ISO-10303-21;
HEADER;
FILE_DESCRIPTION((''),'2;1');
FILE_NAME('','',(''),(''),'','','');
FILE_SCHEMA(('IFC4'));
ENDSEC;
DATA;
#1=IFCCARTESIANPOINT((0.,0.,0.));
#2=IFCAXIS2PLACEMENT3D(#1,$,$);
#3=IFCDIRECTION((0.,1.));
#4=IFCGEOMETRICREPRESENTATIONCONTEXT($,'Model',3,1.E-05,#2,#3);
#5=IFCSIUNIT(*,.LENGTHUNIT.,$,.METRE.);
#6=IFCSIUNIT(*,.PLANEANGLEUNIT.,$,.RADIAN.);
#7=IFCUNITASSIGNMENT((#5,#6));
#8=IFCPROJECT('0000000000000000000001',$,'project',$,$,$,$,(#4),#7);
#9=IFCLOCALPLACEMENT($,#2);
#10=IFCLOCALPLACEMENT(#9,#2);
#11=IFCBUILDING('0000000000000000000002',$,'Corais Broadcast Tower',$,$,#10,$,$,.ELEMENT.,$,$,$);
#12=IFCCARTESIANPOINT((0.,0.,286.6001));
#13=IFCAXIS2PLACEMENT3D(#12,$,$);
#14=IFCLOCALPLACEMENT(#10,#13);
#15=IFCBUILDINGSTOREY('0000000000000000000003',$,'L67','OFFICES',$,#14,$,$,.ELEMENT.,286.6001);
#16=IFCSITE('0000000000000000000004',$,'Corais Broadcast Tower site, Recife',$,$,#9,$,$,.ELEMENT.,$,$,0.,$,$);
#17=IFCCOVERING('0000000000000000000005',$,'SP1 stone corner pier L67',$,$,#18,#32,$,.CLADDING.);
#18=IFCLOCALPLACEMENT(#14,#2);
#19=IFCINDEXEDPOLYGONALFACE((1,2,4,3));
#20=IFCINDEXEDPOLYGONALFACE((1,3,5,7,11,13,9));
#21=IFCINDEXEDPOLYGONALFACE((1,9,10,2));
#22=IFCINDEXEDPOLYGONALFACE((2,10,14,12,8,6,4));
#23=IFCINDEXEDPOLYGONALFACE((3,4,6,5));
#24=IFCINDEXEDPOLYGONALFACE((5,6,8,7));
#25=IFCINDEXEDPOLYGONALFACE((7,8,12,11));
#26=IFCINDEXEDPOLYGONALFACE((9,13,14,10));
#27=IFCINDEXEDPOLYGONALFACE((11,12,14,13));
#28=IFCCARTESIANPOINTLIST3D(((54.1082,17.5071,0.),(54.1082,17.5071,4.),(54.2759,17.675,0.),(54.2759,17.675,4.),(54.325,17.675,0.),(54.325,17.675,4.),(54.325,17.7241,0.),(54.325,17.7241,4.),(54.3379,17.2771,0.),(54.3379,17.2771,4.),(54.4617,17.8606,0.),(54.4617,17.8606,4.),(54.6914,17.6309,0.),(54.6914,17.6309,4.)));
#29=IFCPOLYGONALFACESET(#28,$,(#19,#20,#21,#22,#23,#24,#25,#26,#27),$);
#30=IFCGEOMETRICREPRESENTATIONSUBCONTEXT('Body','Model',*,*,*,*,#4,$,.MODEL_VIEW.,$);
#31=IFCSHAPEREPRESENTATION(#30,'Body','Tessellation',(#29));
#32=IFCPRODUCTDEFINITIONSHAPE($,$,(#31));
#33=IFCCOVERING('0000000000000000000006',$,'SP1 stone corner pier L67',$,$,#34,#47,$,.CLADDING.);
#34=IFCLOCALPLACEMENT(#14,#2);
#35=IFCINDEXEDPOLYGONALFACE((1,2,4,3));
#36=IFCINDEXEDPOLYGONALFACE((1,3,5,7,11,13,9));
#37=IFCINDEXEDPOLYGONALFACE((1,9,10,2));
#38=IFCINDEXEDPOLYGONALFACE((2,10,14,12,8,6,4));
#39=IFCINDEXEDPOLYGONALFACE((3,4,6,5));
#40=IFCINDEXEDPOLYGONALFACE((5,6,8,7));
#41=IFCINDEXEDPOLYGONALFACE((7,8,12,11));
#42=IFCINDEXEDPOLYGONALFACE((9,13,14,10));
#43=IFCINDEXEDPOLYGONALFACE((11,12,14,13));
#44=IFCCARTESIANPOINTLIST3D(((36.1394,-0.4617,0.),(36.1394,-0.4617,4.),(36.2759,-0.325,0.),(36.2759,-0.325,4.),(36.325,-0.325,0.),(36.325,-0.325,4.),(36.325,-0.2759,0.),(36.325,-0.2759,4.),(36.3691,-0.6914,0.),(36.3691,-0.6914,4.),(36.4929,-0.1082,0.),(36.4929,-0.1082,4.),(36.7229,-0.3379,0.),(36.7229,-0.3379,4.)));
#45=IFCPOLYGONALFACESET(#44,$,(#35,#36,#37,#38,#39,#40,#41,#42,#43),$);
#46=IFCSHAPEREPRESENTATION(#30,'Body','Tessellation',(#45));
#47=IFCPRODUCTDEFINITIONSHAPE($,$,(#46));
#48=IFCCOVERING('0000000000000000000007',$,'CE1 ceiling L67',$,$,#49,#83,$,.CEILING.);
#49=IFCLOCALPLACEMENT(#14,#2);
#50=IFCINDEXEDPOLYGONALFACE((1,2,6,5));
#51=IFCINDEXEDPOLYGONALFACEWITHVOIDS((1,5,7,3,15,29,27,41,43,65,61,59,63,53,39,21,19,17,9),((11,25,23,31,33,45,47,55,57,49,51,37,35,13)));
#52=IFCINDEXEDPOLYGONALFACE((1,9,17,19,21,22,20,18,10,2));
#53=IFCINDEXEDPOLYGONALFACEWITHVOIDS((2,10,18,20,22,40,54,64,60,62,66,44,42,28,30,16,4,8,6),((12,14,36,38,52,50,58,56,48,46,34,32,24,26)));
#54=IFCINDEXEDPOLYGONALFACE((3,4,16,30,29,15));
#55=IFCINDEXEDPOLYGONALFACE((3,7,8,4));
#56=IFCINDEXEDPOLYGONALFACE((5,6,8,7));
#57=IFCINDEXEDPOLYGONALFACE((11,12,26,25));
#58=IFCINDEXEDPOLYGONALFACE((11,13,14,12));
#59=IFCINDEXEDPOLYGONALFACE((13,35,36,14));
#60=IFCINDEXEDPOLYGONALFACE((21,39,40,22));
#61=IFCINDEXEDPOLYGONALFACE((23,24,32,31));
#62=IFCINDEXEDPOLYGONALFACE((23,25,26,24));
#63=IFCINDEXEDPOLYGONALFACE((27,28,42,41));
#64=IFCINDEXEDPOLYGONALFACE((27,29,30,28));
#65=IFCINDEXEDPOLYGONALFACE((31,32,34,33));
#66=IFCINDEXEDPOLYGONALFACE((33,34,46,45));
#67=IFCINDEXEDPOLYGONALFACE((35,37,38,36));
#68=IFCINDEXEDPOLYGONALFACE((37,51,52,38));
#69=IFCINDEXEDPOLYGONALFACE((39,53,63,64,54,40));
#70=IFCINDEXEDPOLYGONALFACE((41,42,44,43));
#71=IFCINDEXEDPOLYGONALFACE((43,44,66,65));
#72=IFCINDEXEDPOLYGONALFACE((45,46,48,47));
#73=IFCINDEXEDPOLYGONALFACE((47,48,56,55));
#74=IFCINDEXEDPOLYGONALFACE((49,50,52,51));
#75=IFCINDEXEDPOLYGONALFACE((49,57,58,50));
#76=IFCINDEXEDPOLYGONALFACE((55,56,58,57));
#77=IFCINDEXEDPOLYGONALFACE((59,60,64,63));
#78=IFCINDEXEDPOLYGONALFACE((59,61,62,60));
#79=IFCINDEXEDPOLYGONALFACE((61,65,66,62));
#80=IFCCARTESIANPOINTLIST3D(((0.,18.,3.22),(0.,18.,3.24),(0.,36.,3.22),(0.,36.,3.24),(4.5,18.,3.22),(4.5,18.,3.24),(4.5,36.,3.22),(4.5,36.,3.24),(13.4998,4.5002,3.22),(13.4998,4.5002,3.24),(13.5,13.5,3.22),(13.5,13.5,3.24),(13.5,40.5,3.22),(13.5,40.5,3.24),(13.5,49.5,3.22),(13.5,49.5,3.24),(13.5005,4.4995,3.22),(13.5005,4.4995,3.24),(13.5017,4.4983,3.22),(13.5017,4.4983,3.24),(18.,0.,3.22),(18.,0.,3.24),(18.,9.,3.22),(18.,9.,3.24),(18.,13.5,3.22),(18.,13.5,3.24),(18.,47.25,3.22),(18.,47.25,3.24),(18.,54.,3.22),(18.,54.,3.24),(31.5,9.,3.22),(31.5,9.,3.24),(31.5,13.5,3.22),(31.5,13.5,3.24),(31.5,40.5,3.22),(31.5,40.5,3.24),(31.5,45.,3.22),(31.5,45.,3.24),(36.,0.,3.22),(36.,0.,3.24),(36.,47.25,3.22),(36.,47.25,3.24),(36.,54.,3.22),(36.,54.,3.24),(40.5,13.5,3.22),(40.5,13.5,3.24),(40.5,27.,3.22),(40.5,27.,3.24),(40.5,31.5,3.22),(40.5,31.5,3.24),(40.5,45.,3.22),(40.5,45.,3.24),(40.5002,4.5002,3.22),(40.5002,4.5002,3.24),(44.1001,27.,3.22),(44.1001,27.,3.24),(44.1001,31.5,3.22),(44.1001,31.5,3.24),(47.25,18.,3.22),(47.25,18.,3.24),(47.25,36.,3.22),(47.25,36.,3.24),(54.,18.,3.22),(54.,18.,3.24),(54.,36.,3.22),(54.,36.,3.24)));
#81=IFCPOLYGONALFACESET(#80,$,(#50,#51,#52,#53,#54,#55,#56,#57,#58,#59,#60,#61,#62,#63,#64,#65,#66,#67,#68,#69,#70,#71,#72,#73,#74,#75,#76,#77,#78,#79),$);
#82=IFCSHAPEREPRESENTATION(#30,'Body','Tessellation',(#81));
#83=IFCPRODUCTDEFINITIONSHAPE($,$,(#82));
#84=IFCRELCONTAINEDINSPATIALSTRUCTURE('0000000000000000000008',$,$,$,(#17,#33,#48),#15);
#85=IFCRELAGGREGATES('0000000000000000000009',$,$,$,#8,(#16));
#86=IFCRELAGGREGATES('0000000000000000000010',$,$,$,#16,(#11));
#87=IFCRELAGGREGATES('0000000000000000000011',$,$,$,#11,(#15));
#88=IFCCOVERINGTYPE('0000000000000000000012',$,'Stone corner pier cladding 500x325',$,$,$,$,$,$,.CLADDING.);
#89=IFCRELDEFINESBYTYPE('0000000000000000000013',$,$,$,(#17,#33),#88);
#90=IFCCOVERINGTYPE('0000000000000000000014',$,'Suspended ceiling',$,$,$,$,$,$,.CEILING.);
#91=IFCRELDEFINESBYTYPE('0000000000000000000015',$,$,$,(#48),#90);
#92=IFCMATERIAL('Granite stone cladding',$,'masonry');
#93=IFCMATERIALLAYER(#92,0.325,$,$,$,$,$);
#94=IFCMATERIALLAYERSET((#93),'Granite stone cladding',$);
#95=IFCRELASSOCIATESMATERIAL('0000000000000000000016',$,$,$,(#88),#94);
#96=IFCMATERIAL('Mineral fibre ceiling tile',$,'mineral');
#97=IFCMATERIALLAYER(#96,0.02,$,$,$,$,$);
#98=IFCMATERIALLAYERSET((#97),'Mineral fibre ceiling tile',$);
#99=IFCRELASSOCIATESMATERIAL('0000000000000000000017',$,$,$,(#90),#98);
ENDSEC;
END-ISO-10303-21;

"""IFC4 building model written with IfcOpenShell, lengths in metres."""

from ifc_helpers import new_model, si_unit, direction, frame, origin, place, context, subcontext, project, spatial, polyline, outline, extrude, material, layer, layer_set, type_object, element, save


model = new_model("IFC4")

# Units and contexts
model_context = context("Model", 3, precision=1e-05, world=origin(), true_north=direction((0.0, 1.0)))
body_context = subcontext(model_context, "Body", "Model", "MODEL_VIEW")
ifc_project = project(units=[si_unit("LENGTHUNIT", "METRE"), si_unit("PLANEANGLEUNIT", "RADIAN")], contexts=[model_context])

# Site, building, storey
site_placement = place(None, origin())
site = spatial("IfcSite", under=ifc_project, at=site_placement, Name="Corais Broadcast Tower site, Recife", CompositionType="ELEMENT", RefElevation=0.0)
building_placement = place(site_placement, origin())
building = spatial("IfcBuilding", under=site, at=building_placement, Name="Corais Broadcast Tower", CompositionType="ELEMENT")
storey_placement = place(building_placement, frame((0.0, 0.0, 286.6001)))
storey = spatial("IfcBuildingStorey", under=building, at=storey_placement, Name="L67", Description="OFFICES", CompositionType="ELEMENT", Elevation=286.6001)

# Coverings
ifc_material_1 = material(Name="Granite stone cladding", Category="masonry")
ifc_layer_1 = layer(ifc_material_1, 0.325)
ifc_layer_set_1 = layer_set([ifc_layer_1], Name="Granite stone cladding")
covering_type_1 = type_object("IfcCoveringType", Name="Stone corner pier cladding 500x325", PredefinedType="CLADDING", material=ifc_layer_set_1)
covering_1_placement = place(storey_placement, origin())
element("IfcCovering", 1, at=covering_1_placement, inside=storey, type_object=covering_type_1, Name="SP1 stone corner pier L67", PredefinedType="CLADDING", context=body_context, shape_type="SweptSolid", body=[
    extrude(outline(polyline([(54.4617, 17.8606), (54.325, 17.7241), (54.325, 17.675), (54.2759, 17.675), (54.1082, 17.5071), (54.3379, 17.2771), (54.6914, 17.6309), (54.4617, 17.8606)])), origin(), (0.0, 0.0, 1.0), 4.0),
])
covering_2_placement = place(storey_placement, origin())
element("IfcCovering", 2, at=covering_2_placement, inside=storey, type_object=covering_type_1, Name="SP1 stone corner pier L67", PredefinedType="CLADDING", context=body_context, shape_type="SweptSolid", body=[
    extrude(outline(polyline([(36.2759, -0.325), (36.1394, -0.4617), (36.3691, -0.6914), (36.7229, -0.3379), (36.4929, -0.1082), (36.325, -0.2759), (36.325, -0.325), (36.2759, -0.325)])), origin(), (0.0, 0.0, 1.0), 4.0),
])
ifc_material_2 = material(Name="Mineral fibre ceiling tile", Category="mineral")
ifc_layer_2 = layer(ifc_material_2, 0.02)
ifc_layer_set_2 = layer_set([ifc_layer_2], Name="Mineral fibre ceiling tile")
covering_type_2 = type_object("IfcCoveringType", Name="Suspended ceiling", PredefinedType="CEILING", material=ifc_layer_set_2)
covering_3_placement = place(storey_placement, frame((0.0, 0.0, 3.22)))
element("IfcCovering", 3, at=covering_3_placement, inside=storey, type_object=covering_type_2, Name="CE1 ceiling L67", PredefinedType="CEILING", context=body_context, shape_type="SweptSolid", body=[
    extrude(outline(polyline([(13.5, 49.5), (18.0, 54.0), (18.0, 47.25), (36.0, 47.25), (36.0, 54.0), (54.0, 36.0), (47.25, 36.0), (47.25, 18.0), (54.0, 18.0), (40.5002, 4.5002), (36.0, 0.0), (18.0, 0.0), (13.5017, 4.4983), (13.5005, 4.4995), (13.4998, 4.5002), (0.0, 18.0), (4.5, 18.0), (4.5, 36.0), (0.0, 36.0), (13.5, 49.5)]), holes=[polyline([(44.1001, 27.0), (44.1001, 31.5), (40.5, 31.5), (40.5, 45.0), (31.5, 45.0), (31.5, 40.5), (13.5, 40.5), (13.5, 13.5), (18.0, 13.5), (18.0, 9.0), (31.5, 9.0), (31.5, 13.5), (40.5, 13.5), (40.5, 27.0), (44.1001, 27.0)])]), origin(), (0.0, 0.0, 1.0), 0.02),
])

save(model, "model.ifc")
